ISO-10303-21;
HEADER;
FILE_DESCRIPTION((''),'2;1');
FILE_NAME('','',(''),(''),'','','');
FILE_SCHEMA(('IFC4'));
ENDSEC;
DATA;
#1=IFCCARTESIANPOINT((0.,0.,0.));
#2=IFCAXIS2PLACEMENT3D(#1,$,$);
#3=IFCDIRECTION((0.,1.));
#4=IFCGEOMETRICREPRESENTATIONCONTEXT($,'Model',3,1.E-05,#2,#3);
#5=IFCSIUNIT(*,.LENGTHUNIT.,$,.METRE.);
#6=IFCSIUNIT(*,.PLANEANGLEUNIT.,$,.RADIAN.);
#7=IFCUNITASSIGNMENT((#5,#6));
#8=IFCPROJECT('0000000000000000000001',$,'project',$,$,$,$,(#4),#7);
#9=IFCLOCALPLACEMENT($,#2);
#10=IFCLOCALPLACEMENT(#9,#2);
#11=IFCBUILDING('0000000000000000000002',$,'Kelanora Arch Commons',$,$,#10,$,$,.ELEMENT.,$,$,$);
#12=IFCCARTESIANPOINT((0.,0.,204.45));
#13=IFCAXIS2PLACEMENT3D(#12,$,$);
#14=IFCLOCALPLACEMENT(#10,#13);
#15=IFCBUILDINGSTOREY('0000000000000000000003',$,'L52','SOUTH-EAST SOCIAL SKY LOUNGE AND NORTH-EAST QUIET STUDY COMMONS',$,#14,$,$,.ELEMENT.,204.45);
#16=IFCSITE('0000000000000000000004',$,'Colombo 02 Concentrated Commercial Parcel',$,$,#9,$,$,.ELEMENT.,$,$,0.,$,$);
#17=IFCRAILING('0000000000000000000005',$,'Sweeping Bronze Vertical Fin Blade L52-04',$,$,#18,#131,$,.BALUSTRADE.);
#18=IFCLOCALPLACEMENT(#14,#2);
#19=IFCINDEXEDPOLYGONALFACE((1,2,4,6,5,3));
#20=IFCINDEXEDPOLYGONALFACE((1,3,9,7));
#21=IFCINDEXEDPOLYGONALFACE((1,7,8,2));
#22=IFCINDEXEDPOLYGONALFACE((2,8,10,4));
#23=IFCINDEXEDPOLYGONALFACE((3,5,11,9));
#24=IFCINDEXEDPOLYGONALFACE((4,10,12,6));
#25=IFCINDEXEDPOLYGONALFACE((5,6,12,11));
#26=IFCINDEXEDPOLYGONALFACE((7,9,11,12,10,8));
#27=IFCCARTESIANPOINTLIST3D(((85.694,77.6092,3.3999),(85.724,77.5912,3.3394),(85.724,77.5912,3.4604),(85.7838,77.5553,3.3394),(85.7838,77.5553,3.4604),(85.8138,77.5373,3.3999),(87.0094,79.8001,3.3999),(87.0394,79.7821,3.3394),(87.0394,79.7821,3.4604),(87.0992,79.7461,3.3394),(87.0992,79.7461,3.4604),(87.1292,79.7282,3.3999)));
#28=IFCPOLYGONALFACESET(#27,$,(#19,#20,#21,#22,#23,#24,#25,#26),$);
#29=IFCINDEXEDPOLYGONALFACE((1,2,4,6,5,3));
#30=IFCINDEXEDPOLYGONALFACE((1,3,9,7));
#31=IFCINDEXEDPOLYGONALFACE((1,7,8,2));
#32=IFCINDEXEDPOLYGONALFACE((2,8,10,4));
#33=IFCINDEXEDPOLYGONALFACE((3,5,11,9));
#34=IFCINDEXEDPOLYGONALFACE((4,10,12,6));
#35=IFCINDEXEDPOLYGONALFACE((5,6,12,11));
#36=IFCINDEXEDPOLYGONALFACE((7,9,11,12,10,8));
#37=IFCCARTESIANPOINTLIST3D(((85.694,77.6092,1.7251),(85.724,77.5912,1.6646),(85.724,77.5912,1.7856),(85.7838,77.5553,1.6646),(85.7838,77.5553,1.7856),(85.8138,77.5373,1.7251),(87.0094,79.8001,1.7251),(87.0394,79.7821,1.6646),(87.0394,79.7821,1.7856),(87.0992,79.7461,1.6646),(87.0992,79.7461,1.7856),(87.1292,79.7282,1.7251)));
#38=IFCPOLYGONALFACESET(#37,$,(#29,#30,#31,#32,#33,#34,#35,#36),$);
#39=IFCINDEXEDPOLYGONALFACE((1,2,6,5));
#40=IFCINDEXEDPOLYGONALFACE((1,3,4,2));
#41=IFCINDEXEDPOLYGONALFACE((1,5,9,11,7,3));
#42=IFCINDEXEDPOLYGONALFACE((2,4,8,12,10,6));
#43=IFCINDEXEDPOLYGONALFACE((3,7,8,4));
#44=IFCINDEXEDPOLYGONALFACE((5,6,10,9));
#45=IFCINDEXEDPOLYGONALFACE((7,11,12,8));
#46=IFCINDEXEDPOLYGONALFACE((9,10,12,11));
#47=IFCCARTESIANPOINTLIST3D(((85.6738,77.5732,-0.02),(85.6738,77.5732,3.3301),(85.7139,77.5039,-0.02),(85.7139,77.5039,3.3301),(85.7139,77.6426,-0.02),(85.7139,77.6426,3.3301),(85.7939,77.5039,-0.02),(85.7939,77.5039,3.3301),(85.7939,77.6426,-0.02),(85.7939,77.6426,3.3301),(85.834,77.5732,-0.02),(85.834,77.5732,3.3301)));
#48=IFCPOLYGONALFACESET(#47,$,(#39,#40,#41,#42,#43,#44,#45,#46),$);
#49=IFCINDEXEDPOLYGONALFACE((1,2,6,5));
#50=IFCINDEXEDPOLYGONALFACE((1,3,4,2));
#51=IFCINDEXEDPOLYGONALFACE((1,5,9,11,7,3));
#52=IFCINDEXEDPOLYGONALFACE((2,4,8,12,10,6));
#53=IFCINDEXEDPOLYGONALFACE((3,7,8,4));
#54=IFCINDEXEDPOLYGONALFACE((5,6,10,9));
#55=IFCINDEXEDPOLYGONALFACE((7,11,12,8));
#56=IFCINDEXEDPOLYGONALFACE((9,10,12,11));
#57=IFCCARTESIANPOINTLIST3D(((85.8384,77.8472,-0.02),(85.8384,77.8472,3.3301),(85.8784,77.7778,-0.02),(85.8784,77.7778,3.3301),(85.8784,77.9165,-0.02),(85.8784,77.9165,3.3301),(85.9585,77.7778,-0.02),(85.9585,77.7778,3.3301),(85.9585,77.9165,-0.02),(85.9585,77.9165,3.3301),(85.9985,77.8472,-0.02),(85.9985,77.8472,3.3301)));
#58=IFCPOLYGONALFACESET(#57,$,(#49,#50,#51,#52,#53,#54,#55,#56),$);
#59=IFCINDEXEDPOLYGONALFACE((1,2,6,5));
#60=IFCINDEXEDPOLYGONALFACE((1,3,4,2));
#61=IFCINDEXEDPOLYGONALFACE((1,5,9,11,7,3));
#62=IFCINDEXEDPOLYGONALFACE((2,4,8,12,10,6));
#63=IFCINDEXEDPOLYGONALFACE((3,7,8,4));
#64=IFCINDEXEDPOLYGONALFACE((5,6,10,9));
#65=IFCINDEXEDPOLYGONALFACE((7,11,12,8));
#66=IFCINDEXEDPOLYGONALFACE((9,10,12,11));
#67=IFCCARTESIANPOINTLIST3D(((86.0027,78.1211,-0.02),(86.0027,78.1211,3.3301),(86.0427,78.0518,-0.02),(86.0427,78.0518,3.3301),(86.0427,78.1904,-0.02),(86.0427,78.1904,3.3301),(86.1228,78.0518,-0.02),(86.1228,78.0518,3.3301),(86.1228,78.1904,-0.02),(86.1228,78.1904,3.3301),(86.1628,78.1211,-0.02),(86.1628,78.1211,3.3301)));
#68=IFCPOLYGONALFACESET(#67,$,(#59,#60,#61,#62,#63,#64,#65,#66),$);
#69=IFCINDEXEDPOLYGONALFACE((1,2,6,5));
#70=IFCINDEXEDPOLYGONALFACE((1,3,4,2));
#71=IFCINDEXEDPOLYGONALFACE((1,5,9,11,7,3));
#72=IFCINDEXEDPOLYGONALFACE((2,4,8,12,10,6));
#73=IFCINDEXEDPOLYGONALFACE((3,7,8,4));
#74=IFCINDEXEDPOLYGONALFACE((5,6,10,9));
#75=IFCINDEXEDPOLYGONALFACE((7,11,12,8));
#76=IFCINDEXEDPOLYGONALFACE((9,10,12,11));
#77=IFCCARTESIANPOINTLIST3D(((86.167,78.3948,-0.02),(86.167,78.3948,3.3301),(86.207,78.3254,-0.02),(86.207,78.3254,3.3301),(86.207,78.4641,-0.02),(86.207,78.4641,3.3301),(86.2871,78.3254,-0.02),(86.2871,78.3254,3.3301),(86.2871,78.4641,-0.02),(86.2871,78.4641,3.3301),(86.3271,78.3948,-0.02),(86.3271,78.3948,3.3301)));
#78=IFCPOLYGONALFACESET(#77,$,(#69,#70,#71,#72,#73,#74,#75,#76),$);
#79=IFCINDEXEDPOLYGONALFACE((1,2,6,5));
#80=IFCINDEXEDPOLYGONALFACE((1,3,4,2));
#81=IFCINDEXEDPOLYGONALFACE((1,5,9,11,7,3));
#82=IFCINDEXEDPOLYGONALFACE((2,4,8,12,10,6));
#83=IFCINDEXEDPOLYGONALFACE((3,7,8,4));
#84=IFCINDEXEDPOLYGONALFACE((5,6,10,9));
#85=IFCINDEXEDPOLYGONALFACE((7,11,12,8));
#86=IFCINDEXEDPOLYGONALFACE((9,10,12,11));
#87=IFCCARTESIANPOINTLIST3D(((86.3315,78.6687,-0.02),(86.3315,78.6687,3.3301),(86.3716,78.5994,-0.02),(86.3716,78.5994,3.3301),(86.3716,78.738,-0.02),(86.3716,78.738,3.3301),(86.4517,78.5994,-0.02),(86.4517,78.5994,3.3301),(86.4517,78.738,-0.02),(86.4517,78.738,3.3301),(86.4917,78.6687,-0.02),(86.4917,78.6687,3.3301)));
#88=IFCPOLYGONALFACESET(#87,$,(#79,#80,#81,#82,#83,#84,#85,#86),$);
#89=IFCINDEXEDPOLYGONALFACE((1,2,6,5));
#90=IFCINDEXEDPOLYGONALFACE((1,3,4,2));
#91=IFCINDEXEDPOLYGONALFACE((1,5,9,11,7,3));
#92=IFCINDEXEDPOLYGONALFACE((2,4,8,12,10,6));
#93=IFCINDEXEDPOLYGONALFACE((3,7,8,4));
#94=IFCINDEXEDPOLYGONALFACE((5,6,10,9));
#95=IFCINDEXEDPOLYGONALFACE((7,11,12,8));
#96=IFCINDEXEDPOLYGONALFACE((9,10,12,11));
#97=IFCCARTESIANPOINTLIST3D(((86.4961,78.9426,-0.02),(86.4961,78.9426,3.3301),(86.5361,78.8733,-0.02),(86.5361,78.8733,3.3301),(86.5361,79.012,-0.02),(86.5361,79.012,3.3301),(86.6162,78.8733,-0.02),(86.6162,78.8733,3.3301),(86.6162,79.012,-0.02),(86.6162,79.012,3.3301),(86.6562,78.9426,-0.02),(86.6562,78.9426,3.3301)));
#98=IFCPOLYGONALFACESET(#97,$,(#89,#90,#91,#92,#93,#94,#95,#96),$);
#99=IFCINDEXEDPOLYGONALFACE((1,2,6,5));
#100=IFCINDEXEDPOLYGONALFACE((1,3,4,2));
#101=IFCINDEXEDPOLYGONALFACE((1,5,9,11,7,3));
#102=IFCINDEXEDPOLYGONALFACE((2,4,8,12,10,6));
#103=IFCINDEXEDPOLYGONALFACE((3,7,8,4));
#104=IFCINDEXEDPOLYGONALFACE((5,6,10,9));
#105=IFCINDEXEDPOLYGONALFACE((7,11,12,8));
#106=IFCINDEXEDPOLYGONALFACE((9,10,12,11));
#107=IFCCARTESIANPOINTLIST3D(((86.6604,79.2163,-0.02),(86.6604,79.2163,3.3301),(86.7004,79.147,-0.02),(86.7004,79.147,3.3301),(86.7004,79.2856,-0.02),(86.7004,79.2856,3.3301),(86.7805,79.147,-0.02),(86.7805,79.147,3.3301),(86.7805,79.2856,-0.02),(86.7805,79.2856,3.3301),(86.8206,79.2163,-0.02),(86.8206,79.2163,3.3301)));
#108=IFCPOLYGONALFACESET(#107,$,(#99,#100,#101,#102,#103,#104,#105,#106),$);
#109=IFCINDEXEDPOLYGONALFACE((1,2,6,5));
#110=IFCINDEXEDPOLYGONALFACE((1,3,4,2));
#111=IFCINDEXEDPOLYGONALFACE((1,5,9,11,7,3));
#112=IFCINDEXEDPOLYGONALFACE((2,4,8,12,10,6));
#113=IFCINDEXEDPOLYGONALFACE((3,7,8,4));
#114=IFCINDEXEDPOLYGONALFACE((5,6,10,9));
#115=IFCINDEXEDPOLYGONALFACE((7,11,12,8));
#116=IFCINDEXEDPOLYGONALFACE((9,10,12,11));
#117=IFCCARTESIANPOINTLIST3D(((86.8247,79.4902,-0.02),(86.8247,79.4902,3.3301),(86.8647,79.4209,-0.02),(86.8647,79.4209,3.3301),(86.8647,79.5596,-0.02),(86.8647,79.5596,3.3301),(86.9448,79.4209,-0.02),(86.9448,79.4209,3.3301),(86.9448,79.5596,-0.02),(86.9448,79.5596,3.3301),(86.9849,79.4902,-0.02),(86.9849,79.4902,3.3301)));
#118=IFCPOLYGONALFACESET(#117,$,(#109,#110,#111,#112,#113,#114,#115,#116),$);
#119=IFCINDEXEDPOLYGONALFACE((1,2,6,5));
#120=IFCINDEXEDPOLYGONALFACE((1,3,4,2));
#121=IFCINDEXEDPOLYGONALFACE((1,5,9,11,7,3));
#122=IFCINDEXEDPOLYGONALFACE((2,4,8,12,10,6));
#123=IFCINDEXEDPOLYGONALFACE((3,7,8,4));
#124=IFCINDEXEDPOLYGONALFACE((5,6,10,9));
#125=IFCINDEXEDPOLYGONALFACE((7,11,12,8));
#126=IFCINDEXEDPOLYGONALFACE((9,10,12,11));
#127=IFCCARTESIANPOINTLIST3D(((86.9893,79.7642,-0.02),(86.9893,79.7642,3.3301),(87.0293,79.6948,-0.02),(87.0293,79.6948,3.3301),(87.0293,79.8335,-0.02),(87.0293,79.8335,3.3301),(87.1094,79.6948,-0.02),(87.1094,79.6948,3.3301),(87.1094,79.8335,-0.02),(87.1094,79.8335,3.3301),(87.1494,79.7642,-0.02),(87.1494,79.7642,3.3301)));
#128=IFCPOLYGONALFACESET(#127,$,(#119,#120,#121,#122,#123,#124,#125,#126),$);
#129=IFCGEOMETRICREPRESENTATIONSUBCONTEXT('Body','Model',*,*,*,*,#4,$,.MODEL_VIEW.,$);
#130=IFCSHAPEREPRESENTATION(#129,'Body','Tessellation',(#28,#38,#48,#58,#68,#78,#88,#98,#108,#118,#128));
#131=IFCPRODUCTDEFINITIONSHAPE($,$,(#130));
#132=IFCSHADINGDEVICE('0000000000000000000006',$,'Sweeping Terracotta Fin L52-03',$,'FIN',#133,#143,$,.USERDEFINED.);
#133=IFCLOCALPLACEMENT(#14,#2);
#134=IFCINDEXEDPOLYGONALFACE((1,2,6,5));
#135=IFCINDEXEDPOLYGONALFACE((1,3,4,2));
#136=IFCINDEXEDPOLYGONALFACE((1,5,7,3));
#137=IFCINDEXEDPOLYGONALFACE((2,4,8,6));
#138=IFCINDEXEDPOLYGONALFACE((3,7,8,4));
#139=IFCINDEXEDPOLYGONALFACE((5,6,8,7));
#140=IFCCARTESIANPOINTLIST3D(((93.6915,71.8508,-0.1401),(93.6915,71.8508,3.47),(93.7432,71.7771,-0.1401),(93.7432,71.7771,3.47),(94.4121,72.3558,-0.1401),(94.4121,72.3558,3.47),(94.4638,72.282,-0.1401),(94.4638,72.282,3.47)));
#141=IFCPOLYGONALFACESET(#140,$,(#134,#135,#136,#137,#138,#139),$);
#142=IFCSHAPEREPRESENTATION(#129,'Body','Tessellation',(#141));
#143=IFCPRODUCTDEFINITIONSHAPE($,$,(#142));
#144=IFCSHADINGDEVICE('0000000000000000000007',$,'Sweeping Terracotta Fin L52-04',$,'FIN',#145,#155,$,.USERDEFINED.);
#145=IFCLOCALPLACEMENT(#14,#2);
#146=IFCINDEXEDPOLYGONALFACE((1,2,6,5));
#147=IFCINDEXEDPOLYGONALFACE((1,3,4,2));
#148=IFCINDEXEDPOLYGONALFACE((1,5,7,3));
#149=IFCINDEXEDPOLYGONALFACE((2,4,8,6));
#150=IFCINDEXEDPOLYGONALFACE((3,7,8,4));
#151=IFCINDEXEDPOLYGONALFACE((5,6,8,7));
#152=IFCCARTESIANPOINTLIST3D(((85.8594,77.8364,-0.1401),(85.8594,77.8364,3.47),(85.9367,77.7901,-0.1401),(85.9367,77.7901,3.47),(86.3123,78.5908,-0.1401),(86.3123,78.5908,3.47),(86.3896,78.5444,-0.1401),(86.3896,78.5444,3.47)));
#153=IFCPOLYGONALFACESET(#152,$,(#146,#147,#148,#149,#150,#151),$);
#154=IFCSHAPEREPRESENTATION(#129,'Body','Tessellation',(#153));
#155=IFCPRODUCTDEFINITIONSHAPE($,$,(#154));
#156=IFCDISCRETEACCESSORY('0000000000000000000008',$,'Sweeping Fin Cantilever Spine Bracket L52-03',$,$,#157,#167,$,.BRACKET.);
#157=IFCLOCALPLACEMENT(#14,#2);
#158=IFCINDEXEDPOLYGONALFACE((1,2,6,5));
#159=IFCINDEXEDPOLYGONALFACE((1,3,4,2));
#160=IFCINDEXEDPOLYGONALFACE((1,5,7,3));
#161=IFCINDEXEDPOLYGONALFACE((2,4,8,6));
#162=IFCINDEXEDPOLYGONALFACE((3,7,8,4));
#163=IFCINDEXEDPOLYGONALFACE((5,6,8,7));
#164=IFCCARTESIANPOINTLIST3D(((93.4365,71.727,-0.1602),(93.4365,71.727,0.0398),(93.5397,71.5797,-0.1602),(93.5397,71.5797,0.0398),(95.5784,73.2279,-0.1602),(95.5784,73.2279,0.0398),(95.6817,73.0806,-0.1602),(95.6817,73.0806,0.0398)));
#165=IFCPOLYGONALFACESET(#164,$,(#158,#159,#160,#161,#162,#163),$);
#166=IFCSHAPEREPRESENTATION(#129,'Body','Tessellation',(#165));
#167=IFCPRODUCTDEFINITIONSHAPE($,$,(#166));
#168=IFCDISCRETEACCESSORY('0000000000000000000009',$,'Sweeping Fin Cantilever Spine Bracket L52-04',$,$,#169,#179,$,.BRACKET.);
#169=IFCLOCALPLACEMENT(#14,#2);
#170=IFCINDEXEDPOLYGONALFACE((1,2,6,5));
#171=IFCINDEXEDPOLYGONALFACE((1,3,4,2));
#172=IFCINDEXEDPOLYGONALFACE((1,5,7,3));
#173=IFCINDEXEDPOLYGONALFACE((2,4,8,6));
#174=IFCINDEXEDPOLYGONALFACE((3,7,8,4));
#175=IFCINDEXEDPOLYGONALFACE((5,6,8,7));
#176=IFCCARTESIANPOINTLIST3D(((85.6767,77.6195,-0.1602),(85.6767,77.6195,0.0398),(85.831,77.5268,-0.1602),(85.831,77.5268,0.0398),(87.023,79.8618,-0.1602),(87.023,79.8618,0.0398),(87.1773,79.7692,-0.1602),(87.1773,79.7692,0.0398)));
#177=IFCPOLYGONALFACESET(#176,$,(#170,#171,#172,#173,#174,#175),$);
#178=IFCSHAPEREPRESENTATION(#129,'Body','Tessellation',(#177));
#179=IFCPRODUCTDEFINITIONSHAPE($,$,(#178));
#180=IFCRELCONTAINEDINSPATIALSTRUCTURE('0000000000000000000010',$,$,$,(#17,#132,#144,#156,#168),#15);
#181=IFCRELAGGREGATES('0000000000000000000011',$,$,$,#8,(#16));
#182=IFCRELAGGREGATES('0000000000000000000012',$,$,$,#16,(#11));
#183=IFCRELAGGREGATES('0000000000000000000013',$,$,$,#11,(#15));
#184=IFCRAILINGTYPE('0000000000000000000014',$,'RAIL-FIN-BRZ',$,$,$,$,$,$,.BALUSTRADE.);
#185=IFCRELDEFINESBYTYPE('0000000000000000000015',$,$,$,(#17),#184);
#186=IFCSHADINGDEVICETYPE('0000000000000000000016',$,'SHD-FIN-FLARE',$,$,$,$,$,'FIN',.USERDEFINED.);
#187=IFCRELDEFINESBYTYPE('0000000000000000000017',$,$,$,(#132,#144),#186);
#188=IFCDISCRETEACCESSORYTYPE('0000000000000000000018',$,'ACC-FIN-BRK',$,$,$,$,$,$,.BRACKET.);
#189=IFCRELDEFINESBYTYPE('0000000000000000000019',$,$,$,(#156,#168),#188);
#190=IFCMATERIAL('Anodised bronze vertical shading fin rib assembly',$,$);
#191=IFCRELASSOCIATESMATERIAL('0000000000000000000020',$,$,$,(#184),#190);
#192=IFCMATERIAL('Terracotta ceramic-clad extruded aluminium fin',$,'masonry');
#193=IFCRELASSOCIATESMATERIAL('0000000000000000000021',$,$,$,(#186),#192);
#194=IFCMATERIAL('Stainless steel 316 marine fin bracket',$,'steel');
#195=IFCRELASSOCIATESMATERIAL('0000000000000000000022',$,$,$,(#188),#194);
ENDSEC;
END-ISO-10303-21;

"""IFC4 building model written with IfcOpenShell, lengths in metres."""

from ifc_helpers import new_model, si_unit, direction, frame, origin, origin_2d, place, context, subcontext, project, spatial, polyline, rectangle, outline, extrude, source, transform, mapped, material, type_object, element, save


model = new_model("IFC4")

# Units and contexts
model_context = context("Model", 3, precision=1e-05, world=origin(), true_north=direction((0.0, 1.0)))
body_context = subcontext(model_context, "Body", "Model", "MODEL_VIEW")
ifc_project = project(units=[si_unit("LENGTHUNIT", "METRE"), si_unit("PLANEANGLEUNIT", "RADIAN")], contexts=[model_context])

# Site, building, storey
site_placement = place(None, origin())
site = spatial("IfcSite", under=ifc_project, at=site_placement, Name="Colombo 02 Concentrated Commercial Parcel", CompositionType="ELEMENT", RefElevation=0.0)
building_placement = place(site_placement, origin())
building = spatial("IfcBuilding", under=site, at=building_placement, Name="Kelanora Arch Commons", CompositionType="ELEMENT")
storey_placement = place(building_placement, frame((0.0, 0.0, 204.45)))
storey = spatial("IfcBuildingStorey", under=building, at=storey_placement, Name="L52", Description="SOUTH-EAST SOCIAL SKY LOUNGE AND NORTH-EAST QUIET STUDY COMMONS", CompositionType="ELEMENT", Elevation=204.45)

# Railing
ifc_material_1 = material(Name="Anodised bronze vertical shading fin rib assembly")
railing_type = type_object("IfcRailingType", Name="RAIL-FIN-BRZ", PredefinedType="BALUSTRADE", material=ifc_material_1)
railing_1_placement = place(storey_placement, frame((85.7539, 77.5732, -0.02)))
element("IfcRailing", 1, at=railing_1_placement, inside=storey, type_object=railing_type, Name="Sweeping Bronze Vertical Fin Blade L52-04", PredefinedType="BALUSTRADE", context=body_context, shape_type="SweptSolid", body=[
    extrude(outline(polyline([(0.0698, 0.0), (0.0349, 0.0605), (-0.0349, 0.0605), (-0.0698, 0.0), (-0.0349, -0.0605), (0.0349, -0.0605), (0.0698, 0.0)])), frame((0.0, 0.0, 3.4199), z_axis=(0.514749, 0.857341, 0.0), x_axis=(-0.857341, 0.514749, 0.0)), (0.0, 0.0, 1.0), 2.5554),
    extrude(outline(polyline([(0.0698, 0.0), (0.0349, 0.0605), (-0.0349, 0.0605), (-0.0698, 0.0), (-0.0349, -0.0605), (0.0349, -0.0605), (0.0698, 0.0)])), frame((0.0, 0.0, 1.7451), z_axis=(0.514749, 0.857341, 0.0), x_axis=(-0.857341, 0.514749, 0.0)), (0.0, 0.0, 1.0), 2.5554),
    extrude(outline(polyline([(0.0801, 0.0), (0.04, 0.0693), (-0.04, 0.0693), (-0.0801, 0.0), (-0.04, -0.0693), (0.04, -0.0693), (0.0801, 0.0)])), origin(), (0.0, 0.0, 1.0), 3.3501),
    extrude(outline(polyline([(0.0801, 0.0), (0.04, 0.0693), (-0.04, 0.0693), (-0.0801, 0.0), (-0.04, -0.0693), (0.04, -0.0693), (0.0801, 0.0)])), frame((0.1646, 0.2739, 0.0)), (0.0, 0.0, 1.0), 3.3501),
    extrude(outline(polyline([(0.0801, 0.0), (0.04, 0.0693), (-0.04, 0.0693), (-0.0801, 0.0), (-0.04, -0.0693), (0.04, -0.0693), (0.0801, 0.0)])), frame((0.3289, 0.5479, 0.0)), (0.0, 0.0, 1.0), 3.3501),
    extrude(outline(polyline([(0.0801, 0.0), (0.04, 0.0693), (-0.04, 0.0693), (-0.0801, 0.0), (-0.04, -0.0693), (0.04, -0.0693), (0.0801, 0.0)])), frame((0.4932, 0.8215, 0.0)), (0.0, 0.0, 1.0), 3.3501),
    extrude(outline(polyline([(0.0801, 0.0), (0.04, 0.0693), (-0.04, 0.0693), (-0.0801, 0.0), (-0.04, -0.0693), (0.04, -0.0693), (0.0801, 0.0)])), frame((0.6577, 1.0955, 0.0)), (0.0, 0.0, 1.0), 3.3501),
    extrude(outline(polyline([(0.0801, 0.0), (0.04, 0.0693), (-0.04, 0.0693), (-0.0801, 0.0), (-0.04, -0.0693), (0.04, -0.0693), (0.0801, 0.0)])), frame((0.8223, 1.3694, 0.0)), (0.0, 0.0, 1.0), 3.3501),
    extrude(outline(polyline([(0.0801, 0.0), (0.04, 0.0693), (-0.04, 0.0693), (-0.0801, 0.0), (-0.04, -0.0693), (0.04, -0.0693), (0.0801, 0.0)])), frame((0.9866, 1.6431, 0.0)), (0.0, 0.0, 1.0), 3.3501),
    extrude(outline(polyline([(0.0801, 0.0), (0.04, 0.0693), (-0.04, 0.0693), (-0.0801, 0.0), (-0.04, -0.0693), (0.04, -0.0693), (0.0801, 0.0)])), frame((1.1509, 1.917, 0.0)), (0.0, 0.0, 1.0), 3.3501),
    extrude(outline(polyline([(0.0801, 0.0), (0.04, 0.0693), (-0.04, 0.0693), (-0.0801, 0.0), (-0.04, -0.0693), (0.04, -0.0693), (0.0801, 0.0)])), frame((1.3154, 2.1909, 0.0)), (0.0, 0.0, 1.0), 3.3501),
])

# Shading devices
ifc_material_2 = material(Name="Terracotta ceramic-clad extruded aluminium fin", Category="masonry")
shading_device_type = type_object("IfcShadingDeviceType", Name="SHD-FIN-FLARE", ElementType="FIN", PredefinedType="USERDEFINED", material=ifc_material_2)
shared_shape_1 = source(origin(), body_context, "Body", "SweptSolid", [
    extrude(rectangle(XDim=0.8799, YDim=0.0901, at=origin_2d()), origin(), (0.0, 0.0, 1.0), 3.6101),
])
for number, where, z_axis, x_axis, name in (
    (2, (94.0776, 72.0664, -0.1401), (0.0, 0.0, 1.0), (0.818952, 0.573862, 0.0), "Sweeping Terracotta Fin L52-03"),
    (3, (86.1245, 78.1904, -0.1401), (0.0, 0.0, 1.0), (0.514739, 0.857347, 0.0), "Sweeping Terracotta Fin L52-04"),
):
    element("IfcShadingDevice", number, at=place(storey_placement, frame(where, z_axis=z_axis, x_axis=x_axis)), inside=storey, type_object=shading_device_type, Name=name, ObjectType="FIN", PredefinedType="USERDEFINED", context=body_context, shape_type="MappedRepresentation", body=[
        mapped(shared_shape_1, transform((0.0, 0.0, 0.0), scale=1.0)),
    ])

# Discrete accessories
ifc_material_3 = material(Name="Stainless steel 316 marine fin bracket", Category="steel")
discrete_accessory_type = type_object("IfcDiscreteAccessoryType", Name="ACC-FIN-BRK", PredefinedType="BRACKET", material=ifc_material_3)
shared_shape_2 = source(origin(), body_context, "Body", "SweptSolid", [
    extrude(rectangle(XDim=2.6155, YDim=0.1799, at=origin_2d()), origin(), (0.0, 0.0, 1.0), 0.2),
])
for number, where, z_axis, x_axis, name in (
    (4, (94.5591, 72.4038, -0.1602), (0.0, 0.0, 1.0), (0.818952, 0.573862, 0.0), "Sweeping Fin Cantilever Spine Bracket L52-03"),
    (5, (86.427, 78.6943, -0.1602), (0.0, 0.0, 1.0), (0.514739, 0.857347, 0.0), "Sweeping Fin Cantilever Spine Bracket L52-04"),
):
    element("IfcDiscreteAccessory", number, at=place(storey_placement, frame(where, z_axis=z_axis, x_axis=x_axis)), inside=storey, type_object=discrete_accessory_type, Name=name, PredefinedType="BRACKET", context=body_context, shape_type="MappedRepresentation", body=[
        mapped(shared_shape_2, transform((0.0, 0.0, 0.0), scale=1.0)),
    ])

save(model, "model.ifc")
